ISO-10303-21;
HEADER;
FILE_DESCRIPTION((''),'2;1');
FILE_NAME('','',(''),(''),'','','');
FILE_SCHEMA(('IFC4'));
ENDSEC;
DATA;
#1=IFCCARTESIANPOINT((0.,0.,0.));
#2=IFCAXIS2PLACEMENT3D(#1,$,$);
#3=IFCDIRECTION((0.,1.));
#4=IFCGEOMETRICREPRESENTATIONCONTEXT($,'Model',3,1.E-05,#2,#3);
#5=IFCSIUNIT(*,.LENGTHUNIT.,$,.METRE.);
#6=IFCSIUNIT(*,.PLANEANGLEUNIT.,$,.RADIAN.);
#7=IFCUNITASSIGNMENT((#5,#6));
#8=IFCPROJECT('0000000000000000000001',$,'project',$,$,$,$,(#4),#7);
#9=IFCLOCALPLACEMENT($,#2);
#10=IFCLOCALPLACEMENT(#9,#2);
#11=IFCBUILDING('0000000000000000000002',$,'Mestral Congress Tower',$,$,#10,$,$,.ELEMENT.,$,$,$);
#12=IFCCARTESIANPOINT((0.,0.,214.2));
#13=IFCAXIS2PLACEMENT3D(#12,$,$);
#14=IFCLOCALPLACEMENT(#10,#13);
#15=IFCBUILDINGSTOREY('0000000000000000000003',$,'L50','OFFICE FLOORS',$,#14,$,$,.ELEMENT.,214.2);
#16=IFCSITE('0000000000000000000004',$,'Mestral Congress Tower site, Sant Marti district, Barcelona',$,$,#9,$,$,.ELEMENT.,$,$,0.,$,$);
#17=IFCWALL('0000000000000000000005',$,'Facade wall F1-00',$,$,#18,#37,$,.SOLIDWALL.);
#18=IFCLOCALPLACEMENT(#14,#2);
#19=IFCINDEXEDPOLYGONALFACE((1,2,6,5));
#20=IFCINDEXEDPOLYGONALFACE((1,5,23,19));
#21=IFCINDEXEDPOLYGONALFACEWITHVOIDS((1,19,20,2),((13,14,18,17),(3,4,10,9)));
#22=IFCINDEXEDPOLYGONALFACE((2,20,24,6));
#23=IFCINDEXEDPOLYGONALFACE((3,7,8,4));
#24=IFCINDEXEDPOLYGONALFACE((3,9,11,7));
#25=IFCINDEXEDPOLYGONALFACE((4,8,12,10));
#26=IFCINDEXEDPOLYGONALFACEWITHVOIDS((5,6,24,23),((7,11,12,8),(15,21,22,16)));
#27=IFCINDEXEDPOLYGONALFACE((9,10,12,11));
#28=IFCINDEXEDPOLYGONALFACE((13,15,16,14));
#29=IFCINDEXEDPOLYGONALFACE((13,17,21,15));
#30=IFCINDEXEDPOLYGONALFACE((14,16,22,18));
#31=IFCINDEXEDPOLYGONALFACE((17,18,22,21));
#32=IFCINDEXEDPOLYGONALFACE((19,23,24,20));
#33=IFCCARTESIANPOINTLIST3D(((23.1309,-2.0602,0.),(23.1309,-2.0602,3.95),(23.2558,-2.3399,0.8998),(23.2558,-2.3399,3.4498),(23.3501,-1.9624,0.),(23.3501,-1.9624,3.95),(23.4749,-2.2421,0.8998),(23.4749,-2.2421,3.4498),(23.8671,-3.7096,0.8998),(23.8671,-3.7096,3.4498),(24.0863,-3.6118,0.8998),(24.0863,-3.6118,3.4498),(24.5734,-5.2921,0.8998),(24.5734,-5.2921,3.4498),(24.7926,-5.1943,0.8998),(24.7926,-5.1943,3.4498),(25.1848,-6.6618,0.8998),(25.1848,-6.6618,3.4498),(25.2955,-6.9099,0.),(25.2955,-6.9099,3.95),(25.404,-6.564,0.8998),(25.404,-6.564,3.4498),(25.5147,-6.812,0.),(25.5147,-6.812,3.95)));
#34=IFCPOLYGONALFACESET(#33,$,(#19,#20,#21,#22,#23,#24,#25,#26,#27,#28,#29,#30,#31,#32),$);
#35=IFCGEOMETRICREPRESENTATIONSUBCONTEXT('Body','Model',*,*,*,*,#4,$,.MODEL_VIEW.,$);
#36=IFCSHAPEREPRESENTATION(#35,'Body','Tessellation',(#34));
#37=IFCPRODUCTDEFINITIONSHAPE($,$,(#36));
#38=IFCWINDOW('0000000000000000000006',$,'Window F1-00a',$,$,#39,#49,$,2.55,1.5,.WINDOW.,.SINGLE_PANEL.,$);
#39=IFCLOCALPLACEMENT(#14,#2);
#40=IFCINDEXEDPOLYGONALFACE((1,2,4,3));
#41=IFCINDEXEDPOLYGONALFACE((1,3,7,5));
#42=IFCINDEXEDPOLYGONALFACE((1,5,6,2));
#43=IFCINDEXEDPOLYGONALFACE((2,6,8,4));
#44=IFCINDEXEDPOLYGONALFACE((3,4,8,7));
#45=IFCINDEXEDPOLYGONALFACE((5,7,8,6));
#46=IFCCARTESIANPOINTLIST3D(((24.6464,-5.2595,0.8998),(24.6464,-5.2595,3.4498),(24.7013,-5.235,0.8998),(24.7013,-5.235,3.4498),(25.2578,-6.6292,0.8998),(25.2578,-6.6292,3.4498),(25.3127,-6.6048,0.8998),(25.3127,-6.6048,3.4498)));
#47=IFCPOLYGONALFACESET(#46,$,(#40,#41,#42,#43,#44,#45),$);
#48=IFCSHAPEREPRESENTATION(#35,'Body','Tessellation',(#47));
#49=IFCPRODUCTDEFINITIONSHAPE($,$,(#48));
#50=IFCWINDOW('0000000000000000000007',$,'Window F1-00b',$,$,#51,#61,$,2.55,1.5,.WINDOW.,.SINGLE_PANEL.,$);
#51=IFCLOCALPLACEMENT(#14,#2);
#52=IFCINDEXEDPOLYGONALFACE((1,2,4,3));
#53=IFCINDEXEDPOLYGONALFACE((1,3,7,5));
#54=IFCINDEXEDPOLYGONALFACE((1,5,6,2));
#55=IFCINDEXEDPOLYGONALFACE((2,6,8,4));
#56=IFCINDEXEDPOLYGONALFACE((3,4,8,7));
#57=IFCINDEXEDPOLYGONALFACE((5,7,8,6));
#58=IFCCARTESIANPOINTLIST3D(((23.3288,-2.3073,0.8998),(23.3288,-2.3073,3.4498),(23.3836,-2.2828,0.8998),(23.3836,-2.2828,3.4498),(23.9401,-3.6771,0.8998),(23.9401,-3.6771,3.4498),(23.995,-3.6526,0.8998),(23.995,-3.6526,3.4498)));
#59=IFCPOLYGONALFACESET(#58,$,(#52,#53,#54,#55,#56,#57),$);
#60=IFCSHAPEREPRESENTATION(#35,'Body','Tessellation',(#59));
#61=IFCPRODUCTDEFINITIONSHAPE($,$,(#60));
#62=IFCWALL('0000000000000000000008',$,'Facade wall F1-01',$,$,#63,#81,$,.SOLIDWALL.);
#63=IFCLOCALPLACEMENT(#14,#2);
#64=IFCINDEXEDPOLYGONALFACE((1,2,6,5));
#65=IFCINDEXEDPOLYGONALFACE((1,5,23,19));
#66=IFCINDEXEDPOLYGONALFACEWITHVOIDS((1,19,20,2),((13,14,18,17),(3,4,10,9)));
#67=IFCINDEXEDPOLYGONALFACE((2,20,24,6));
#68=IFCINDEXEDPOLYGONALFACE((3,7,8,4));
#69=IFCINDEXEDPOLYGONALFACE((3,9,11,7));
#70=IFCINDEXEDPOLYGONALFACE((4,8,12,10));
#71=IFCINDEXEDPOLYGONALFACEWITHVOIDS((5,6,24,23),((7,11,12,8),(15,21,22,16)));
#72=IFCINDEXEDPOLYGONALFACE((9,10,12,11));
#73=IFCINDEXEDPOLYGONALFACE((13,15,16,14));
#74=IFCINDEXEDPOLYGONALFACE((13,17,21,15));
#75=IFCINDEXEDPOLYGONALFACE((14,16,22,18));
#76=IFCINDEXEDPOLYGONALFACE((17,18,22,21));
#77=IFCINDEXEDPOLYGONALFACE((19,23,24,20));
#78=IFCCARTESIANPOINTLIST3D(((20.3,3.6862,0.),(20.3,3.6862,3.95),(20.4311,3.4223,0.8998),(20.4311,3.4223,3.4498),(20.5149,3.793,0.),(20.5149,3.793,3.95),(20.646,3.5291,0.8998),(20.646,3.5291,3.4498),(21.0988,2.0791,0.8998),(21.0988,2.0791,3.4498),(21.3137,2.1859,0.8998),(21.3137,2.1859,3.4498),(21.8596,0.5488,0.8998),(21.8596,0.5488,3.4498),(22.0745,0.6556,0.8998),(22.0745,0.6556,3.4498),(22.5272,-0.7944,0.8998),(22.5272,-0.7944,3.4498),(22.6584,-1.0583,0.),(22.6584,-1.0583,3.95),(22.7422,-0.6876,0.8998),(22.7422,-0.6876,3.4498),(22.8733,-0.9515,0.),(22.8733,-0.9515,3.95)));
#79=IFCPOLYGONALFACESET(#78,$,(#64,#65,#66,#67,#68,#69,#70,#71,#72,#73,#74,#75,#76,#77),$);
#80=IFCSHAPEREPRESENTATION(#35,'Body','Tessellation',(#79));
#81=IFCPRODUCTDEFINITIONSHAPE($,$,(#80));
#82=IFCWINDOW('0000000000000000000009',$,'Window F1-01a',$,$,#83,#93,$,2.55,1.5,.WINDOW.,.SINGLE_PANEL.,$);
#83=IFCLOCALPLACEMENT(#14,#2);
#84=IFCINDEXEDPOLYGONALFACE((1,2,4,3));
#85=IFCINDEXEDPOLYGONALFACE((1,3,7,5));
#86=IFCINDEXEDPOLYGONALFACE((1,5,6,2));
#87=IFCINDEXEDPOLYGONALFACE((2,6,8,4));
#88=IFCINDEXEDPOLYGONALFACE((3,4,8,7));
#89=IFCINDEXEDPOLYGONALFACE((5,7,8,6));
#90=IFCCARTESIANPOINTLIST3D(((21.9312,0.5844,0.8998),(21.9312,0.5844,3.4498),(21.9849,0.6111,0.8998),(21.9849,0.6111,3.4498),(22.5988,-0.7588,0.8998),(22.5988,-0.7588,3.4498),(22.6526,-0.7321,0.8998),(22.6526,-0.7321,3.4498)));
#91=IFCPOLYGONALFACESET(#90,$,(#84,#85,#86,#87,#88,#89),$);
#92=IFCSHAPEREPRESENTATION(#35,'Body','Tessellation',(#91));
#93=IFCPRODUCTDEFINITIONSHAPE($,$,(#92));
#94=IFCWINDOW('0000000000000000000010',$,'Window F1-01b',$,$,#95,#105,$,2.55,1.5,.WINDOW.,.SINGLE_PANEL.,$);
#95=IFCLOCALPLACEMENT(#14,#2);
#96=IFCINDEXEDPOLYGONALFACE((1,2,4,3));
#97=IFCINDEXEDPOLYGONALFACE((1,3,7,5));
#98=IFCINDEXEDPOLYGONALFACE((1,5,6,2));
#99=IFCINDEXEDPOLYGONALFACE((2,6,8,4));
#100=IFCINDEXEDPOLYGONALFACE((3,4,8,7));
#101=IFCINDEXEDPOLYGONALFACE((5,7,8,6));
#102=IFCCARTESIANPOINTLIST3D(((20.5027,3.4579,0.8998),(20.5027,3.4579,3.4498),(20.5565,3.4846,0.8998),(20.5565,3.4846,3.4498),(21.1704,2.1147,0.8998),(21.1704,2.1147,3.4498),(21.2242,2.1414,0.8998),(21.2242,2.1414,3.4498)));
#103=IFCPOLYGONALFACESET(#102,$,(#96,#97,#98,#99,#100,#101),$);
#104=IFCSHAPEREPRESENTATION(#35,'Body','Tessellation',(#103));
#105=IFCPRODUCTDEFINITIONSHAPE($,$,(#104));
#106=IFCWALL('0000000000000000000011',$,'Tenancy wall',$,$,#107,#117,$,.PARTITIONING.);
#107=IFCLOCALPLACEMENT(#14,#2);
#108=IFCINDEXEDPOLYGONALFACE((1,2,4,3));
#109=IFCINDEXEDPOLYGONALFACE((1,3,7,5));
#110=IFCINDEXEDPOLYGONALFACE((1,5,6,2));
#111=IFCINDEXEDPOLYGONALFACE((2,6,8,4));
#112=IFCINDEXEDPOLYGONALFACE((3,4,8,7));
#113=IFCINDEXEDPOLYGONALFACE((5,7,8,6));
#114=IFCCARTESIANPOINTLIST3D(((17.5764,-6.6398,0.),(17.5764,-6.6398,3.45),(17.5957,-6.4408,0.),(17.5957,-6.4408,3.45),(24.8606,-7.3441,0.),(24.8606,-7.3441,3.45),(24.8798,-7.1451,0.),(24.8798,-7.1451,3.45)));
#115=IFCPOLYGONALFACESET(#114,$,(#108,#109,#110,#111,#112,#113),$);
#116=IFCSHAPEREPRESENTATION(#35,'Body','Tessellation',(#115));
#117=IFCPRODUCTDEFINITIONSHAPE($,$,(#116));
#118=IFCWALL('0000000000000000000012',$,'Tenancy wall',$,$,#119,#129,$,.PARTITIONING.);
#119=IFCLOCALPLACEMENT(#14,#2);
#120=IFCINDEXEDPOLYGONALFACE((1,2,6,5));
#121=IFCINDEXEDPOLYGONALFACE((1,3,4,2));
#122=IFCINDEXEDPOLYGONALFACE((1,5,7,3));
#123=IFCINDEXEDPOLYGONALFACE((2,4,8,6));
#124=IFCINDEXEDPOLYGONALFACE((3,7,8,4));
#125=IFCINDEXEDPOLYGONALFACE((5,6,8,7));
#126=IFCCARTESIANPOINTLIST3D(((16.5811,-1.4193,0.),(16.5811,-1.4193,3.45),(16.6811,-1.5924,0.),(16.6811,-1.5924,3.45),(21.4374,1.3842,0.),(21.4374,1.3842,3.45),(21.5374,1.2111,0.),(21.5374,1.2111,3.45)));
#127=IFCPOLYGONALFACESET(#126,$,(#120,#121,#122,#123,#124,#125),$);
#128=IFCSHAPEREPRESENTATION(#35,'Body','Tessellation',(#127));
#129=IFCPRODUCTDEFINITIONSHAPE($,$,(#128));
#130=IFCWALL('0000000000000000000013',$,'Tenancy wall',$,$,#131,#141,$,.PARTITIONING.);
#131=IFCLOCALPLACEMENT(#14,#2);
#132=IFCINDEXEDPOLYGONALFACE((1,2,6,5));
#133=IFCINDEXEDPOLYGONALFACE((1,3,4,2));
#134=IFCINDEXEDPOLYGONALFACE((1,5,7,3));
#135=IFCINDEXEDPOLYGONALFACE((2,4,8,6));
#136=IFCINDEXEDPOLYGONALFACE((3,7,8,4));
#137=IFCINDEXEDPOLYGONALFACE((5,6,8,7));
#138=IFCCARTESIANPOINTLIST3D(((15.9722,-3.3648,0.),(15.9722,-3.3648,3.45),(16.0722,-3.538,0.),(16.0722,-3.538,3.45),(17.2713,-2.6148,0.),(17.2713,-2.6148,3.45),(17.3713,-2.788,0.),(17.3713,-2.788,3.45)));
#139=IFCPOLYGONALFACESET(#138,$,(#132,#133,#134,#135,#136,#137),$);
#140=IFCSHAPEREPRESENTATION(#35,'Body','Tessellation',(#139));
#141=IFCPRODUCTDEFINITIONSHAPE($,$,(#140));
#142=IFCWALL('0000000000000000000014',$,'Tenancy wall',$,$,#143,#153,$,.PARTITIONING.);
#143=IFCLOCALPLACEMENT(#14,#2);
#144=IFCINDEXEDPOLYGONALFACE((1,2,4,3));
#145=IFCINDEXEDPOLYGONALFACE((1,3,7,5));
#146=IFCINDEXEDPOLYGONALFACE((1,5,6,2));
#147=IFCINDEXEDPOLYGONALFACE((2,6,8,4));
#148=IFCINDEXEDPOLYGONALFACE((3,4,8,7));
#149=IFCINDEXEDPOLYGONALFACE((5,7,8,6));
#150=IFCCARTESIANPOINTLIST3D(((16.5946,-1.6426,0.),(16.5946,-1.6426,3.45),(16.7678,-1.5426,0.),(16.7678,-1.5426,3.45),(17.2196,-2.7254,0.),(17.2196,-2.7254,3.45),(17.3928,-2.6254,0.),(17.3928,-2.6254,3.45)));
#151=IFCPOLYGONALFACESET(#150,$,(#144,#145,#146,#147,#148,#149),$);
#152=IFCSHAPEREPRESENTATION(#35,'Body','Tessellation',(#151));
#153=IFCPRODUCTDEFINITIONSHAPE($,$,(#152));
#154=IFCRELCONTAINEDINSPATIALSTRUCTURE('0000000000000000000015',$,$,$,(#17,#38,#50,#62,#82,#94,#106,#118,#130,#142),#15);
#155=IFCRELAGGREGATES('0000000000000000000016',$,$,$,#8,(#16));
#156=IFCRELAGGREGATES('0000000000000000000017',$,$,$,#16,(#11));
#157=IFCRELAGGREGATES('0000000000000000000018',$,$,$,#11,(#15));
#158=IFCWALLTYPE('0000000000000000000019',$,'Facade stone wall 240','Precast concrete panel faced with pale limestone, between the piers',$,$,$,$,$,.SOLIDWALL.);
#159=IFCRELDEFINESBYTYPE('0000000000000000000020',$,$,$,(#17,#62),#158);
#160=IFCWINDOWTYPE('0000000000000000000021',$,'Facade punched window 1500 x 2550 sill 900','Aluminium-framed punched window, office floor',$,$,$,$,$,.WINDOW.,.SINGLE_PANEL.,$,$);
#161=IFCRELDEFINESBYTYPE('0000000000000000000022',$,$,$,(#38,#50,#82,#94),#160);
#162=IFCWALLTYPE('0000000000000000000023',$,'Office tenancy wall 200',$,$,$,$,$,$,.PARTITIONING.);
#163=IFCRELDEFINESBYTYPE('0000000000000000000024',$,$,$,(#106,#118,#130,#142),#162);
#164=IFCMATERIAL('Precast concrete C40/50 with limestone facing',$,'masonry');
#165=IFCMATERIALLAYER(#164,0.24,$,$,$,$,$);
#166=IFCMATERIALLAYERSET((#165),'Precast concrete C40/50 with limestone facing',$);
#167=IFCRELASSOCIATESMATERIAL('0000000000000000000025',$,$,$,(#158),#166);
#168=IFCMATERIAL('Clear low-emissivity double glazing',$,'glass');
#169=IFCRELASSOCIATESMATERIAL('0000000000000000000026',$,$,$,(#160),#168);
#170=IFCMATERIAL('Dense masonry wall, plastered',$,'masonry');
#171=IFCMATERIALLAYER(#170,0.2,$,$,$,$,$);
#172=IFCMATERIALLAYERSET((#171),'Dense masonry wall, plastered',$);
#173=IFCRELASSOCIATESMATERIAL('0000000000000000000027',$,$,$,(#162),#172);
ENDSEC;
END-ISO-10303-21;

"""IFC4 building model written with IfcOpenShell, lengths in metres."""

from ifc_helpers import new_model, si_unit, direction, frame, frame_2d, origin, place, context, subcontext, project, spatial, rectangle, extrude, material, layer, layer_set, type_object, element, fill, save


model = new_model("IFC4")

# Units and contexts
model_context = context("Model", 3, precision=1e-05, world=origin(), true_north=direction((0.0, 1.0)))
body_context = subcontext(model_context, "Body", "Model", "MODEL_VIEW")
ifc_project = project(units=[si_unit("LENGTHUNIT", "METRE"), si_unit("PLANEANGLEUNIT", "RADIAN")], contexts=[model_context])

# Site, building, storey
site_placement = place(None, origin())
site = spatial("IfcSite", under=ifc_project, at=site_placement, Name="Mestral Congress Tower site, Sant Marti district, Barcelona", CompositionType="ELEMENT", RefElevation=0.0)
building_placement = place(site_placement, origin())
building = spatial("IfcBuilding", under=site, at=building_placement, Name="Mestral Congress Tower", CompositionType="ELEMENT")
storey_placement = place(building_placement, frame((0.0, 0.0, 214.2)))
storey = spatial("IfcBuildingStorey", under=building, at=storey_placement, Name="L50", Description="OFFICE FLOORS", CompositionType="ELEMENT", Elevation=214.2)

# Shared definitions
ifc_material_1 = material(Name="Precast concrete C40/50 with limestone facing", Category="masonry")
ifc_layer_1 = layer(ifc_material_1, 0.24)
ifc_layer_set_1 = layer_set([ifc_layer_1], Name="Precast concrete C40/50 with limestone facing")
wall_type_1 = type_object("IfcWallType", Name="Facade stone wall 240", Description="Precast concrete panel faced with pale limestone, between the piers", PredefinedType="SOLIDWALL", material=ifc_layer_set_1)
ifc_material_2 = material(Name="Clear low-emissivity double glazing", Category="glass")

# Walls, openings, windows
wall_1_placement = place(storey_placement, frame((25.405, -6.8608, 0.0), z_axis=(0.0, 0.0, 1.0), x_axis=(-0.40758, 0.91317, 0.0)))
wall_1 = element("IfcWall", 1, at=wall_1_placement, inside=storey, type_object=wall_type_1, Name="Facade wall F1-00", PredefinedType="SOLIDWALL", context=body_context, shape_type="SweptSolid", body=[
    extrude(rectangle(XDim=5.3108, YDim=0.24, at=frame_2d((2.6553, 0.0))), origin(), (0.0, 0.0, 1.0), 3.95),
])
opening_1_placement = place(wall_1_placement, frame((0.2715, 0.0, 0.8999)))
opening_1 = element("IfcOpeningElement", 2, at=opening_1_placement, cuts=wall_1, PredefinedType="OPENING", context=body_context, shape_type="SweptSolid", body=[
    extrude(rectangle(XDim=1.5, YDim=2.55, at=frame_2d((0.75, 1.2749))), frame((0.0, 0.1299, 0.0), z_axis=(0.0, -1.0, 0.0), x_axis=(1.0, 0.0, 0.0)), (0.0, 0.0, 1.0), 0.26),
])
opening_2_placement = place(wall_1_placement, frame((3.5044, 0.0, 0.8999)))
opening_2 = element("IfcOpeningElement", 3, at=opening_2_placement, cuts=wall_1, PredefinedType="OPENING", context=body_context, shape_type="SweptSolid", body=[
    extrude(rectangle(XDim=1.5, YDim=2.55, at=frame_2d((0.75, 1.2749))), frame((0.0, 0.1299, 0.0), z_axis=(0.0, -1.0, 0.0), x_axis=(1.0, 0.0, 0.0)), (0.0, 0.0, 1.0), 0.26),
])
window_type_1 = type_object("IfcWindowType", Name="Facade punched window 1500 x 2550 sill 900", Description="Aluminium-framed punched window, office floor", PartitioningType="SINGLE_PANEL", PredefinedType="WINDOW", material=ifc_material_2)
window_1_placement = place(opening_1_placement, origin())
window_1 = element("IfcWindow", 4, at=window_1_placement, inside=storey, type_object=window_type_1, Name="Window F1-00a", OverallHeight=2.55, OverallWidth=1.5, PartitioningType="SINGLE_PANEL", PredefinedType="WINDOW", context=body_context, shape_type="SweptSolid", body=[
    extrude(rectangle(XDim=1.5, YDim=2.55, at=frame_2d((0.75, 1.2749))), frame((0.0, 0.04, 0.0), z_axis=(0.0, -1.0, 0.0), x_axis=(1.0, 0.0, 0.0)), (0.0, 0.0, 1.0), 0.0601),
])
fill(opening_1, window_1)
window_2_placement = place(opening_2_placement, origin())
window_2 = element("IfcWindow", 5, at=window_2_placement, inside=storey, type_object=window_type_1, Name="Window F1-00b", OverallHeight=2.55, OverallWidth=1.5, PartitioningType="SINGLE_PANEL", PredefinedType="WINDOW", context=body_context, shape_type="SweptSolid", body=[
    extrude(rectangle(XDim=1.5, YDim=2.55, at=frame_2d((0.75, 1.2749))), frame((0.0, 0.04, 0.0), z_axis=(0.0, -1.0, 0.0), x_axis=(1.0, 0.0, 0.0)), (0.0, 0.0, 1.0), 0.0601),
])
fill(opening_2, window_2)
wall_2_placement = place(storey_placement, frame((22.7659, -1.0049, 0.0), z_axis=(0.0, 0.0, 1.0), x_axis=(-0.44513, 0.895466, 0.0)))
wall_2 = element("IfcWall", 6, at=wall_2_placement, inside=storey, type_object=wall_type_1, Name="Facade wall F1-01", PredefinedType="SOLIDWALL", context=body_context, shape_type="SweptSolid", body=[
    extrude(rectangle(XDim=5.2983, YDim=0.24, at=frame_2d((2.6492, 0.0))), origin(), (0.0, 0.0, 1.0), 3.95),
])
opening_3_placement = place(wall_2_placement, frame((0.2947, 0.0, 0.8999)))
opening_3 = element("IfcOpeningElement", 7, at=opening_3_placement, cuts=wall_2, PredefinedType="OPENING", context=body_context, shape_type="SweptSolid", body=[
    extrude(rectangle(XDim=1.5, YDim=2.55, at=frame_2d((0.75, 1.2749))), frame((0.0, 0.1299, 0.0), z_axis=(0.0, -1.0, 0.0), x_axis=(1.0, 0.0, 0.0)), (0.0, 0.0, 1.0), 0.26),
])
opening_4_placement = place(wall_2_placement, frame((3.5037, 0.0, 0.8999)))
opening_4 = element("IfcOpeningElement", 8, at=opening_4_placement, cuts=wall_2, PredefinedType="OPENING", context=body_context, shape_type="SweptSolid", body=[
    extrude(rectangle(XDim=1.5, YDim=2.55, at=frame_2d((0.75, 1.2749))), frame((0.0, 0.1299, 0.0), z_axis=(0.0, -1.0, 0.0), x_axis=(1.0, 0.0, 0.0)), (0.0, 0.0, 1.0), 0.26),
])
window_3_placement = place(opening_3_placement, origin())
window_3 = element("IfcWindow", 9, at=window_3_placement, inside=storey, type_object=window_type_1, Name="Window F1-01a", OverallHeight=2.55, OverallWidth=1.5, PartitioningType="SINGLE_PANEL", PredefinedType="WINDOW", context=body_context, shape_type="SweptSolid", body=[
    extrude(rectangle(XDim=1.5, YDim=2.55, at=frame_2d((0.75, 1.2749))), frame((0.0, 0.04, 0.0), z_axis=(0.0, -1.0, 0.0), x_axis=(1.0, 0.0, 0.0)), (0.0, 0.0, 1.0), 0.0601),
])
fill(opening_3, window_3)
window_4_placement = place(opening_4_placement, origin())
window_4 = element("IfcWindow", 10, at=window_4_placement, inside=storey, type_object=window_type_1, Name="Window F1-01b", OverallHeight=2.55, OverallWidth=1.5, PartitioningType="SINGLE_PANEL", PredefinedType="WINDOW", context=body_context, shape_type="SweptSolid", body=[
    extrude(rectangle(XDim=1.5, YDim=2.55, at=frame_2d((0.75, 1.2749))), frame((0.0, 0.04, 0.0), z_axis=(0.0, -1.0, 0.0), x_axis=(1.0, 0.0, 0.0)), (0.0, 0.0, 1.0), 0.0601),
])
fill(opening_4, window_4)

# Walls
ifc_material_3 = material(Name="Dense masonry wall, plastered", Category="masonry")
ifc_layer_2 = layer(ifc_material_3, 0.2)
ifc_layer_set_2 = layer_set([ifc_layer_2], Name="Dense masonry wall, plastered")
wall_type_2 = type_object("IfcWallType", Name="Office tenancy wall 200", PredefinedType="PARTITIONING", material=ifc_layer_set_2)
wall_3_placement = place(storey_placement, frame((17.5859, -6.5403, 0.0), z_axis=(0.0, 0.0, 1.0), x_axis=(0.995358, -0.096246, 0.0)))
element("IfcWall", 11, at=wall_3_placement, inside=storey, type_object=wall_type_2, Name="Tenancy wall", PredefinedType="PARTITIONING", context=body_context, shape_type="SweptSolid", body=[
    extrude(rectangle(XDim=7.3181, YDim=0.2, at=frame_2d((3.6592, 0.0))), origin(), (0.0, 0.0, 1.0), 3.45),
])
wall_4_placement = place(storey_placement, frame((16.6311, -1.5059, 0.0), z_axis=(0.0, 0.0, 1.0), x_axis=(0.866046, 0.499965, 0.0)))
element("IfcWall", 12, at=wall_4_placement, inside=storey, type_object=wall_type_2, Name="Tenancy wall", PredefinedType="PARTITIONING", context=body_context, shape_type="SweptSolid", body=[
    extrude(rectangle(XDim=5.6074, YDim=0.2, at=frame_2d((2.8037, 0.0))), origin(), (0.0, 0.0, 1.0), 3.45),
])
wall_5_placement = place(storey_placement, frame((16.0222, -3.4514, 0.0), z_axis=(0.0, 0.0, 1.0), x_axis=(0.866031, 0.49999, 0.0)))
element("IfcWall", 13, at=wall_5_placement, inside=storey, type_object=wall_type_2, Name="Tenancy wall", PredefinedType="PARTITIONING", context=body_context, shape_type="SweptSolid", body=[
    extrude(rectangle(XDim=1.5, YDim=0.2, at=frame_2d((0.75, 0.0))), origin(), (0.0, 0.0, 1.0), 3.45),
])
wall_6_placement = place(storey_placement, frame((17.3062, -2.6753, 0.0), z_axis=(0.0, 0.0, 1.0), x_axis=(-0.49992, 0.866072, 0.0)))
element("IfcWall", 14, at=wall_6_placement, inside=storey, type_object=wall_type_2, Name="Tenancy wall", PredefinedType="PARTITIONING", context=body_context, shape_type="SweptSolid", body=[
    extrude(rectangle(XDim=1.2502, YDim=0.2, at=frame_2d((0.625, 0.0))), origin(), (0.0, 0.0, 1.0), 3.45),
])

save(model, "model.ifc")
